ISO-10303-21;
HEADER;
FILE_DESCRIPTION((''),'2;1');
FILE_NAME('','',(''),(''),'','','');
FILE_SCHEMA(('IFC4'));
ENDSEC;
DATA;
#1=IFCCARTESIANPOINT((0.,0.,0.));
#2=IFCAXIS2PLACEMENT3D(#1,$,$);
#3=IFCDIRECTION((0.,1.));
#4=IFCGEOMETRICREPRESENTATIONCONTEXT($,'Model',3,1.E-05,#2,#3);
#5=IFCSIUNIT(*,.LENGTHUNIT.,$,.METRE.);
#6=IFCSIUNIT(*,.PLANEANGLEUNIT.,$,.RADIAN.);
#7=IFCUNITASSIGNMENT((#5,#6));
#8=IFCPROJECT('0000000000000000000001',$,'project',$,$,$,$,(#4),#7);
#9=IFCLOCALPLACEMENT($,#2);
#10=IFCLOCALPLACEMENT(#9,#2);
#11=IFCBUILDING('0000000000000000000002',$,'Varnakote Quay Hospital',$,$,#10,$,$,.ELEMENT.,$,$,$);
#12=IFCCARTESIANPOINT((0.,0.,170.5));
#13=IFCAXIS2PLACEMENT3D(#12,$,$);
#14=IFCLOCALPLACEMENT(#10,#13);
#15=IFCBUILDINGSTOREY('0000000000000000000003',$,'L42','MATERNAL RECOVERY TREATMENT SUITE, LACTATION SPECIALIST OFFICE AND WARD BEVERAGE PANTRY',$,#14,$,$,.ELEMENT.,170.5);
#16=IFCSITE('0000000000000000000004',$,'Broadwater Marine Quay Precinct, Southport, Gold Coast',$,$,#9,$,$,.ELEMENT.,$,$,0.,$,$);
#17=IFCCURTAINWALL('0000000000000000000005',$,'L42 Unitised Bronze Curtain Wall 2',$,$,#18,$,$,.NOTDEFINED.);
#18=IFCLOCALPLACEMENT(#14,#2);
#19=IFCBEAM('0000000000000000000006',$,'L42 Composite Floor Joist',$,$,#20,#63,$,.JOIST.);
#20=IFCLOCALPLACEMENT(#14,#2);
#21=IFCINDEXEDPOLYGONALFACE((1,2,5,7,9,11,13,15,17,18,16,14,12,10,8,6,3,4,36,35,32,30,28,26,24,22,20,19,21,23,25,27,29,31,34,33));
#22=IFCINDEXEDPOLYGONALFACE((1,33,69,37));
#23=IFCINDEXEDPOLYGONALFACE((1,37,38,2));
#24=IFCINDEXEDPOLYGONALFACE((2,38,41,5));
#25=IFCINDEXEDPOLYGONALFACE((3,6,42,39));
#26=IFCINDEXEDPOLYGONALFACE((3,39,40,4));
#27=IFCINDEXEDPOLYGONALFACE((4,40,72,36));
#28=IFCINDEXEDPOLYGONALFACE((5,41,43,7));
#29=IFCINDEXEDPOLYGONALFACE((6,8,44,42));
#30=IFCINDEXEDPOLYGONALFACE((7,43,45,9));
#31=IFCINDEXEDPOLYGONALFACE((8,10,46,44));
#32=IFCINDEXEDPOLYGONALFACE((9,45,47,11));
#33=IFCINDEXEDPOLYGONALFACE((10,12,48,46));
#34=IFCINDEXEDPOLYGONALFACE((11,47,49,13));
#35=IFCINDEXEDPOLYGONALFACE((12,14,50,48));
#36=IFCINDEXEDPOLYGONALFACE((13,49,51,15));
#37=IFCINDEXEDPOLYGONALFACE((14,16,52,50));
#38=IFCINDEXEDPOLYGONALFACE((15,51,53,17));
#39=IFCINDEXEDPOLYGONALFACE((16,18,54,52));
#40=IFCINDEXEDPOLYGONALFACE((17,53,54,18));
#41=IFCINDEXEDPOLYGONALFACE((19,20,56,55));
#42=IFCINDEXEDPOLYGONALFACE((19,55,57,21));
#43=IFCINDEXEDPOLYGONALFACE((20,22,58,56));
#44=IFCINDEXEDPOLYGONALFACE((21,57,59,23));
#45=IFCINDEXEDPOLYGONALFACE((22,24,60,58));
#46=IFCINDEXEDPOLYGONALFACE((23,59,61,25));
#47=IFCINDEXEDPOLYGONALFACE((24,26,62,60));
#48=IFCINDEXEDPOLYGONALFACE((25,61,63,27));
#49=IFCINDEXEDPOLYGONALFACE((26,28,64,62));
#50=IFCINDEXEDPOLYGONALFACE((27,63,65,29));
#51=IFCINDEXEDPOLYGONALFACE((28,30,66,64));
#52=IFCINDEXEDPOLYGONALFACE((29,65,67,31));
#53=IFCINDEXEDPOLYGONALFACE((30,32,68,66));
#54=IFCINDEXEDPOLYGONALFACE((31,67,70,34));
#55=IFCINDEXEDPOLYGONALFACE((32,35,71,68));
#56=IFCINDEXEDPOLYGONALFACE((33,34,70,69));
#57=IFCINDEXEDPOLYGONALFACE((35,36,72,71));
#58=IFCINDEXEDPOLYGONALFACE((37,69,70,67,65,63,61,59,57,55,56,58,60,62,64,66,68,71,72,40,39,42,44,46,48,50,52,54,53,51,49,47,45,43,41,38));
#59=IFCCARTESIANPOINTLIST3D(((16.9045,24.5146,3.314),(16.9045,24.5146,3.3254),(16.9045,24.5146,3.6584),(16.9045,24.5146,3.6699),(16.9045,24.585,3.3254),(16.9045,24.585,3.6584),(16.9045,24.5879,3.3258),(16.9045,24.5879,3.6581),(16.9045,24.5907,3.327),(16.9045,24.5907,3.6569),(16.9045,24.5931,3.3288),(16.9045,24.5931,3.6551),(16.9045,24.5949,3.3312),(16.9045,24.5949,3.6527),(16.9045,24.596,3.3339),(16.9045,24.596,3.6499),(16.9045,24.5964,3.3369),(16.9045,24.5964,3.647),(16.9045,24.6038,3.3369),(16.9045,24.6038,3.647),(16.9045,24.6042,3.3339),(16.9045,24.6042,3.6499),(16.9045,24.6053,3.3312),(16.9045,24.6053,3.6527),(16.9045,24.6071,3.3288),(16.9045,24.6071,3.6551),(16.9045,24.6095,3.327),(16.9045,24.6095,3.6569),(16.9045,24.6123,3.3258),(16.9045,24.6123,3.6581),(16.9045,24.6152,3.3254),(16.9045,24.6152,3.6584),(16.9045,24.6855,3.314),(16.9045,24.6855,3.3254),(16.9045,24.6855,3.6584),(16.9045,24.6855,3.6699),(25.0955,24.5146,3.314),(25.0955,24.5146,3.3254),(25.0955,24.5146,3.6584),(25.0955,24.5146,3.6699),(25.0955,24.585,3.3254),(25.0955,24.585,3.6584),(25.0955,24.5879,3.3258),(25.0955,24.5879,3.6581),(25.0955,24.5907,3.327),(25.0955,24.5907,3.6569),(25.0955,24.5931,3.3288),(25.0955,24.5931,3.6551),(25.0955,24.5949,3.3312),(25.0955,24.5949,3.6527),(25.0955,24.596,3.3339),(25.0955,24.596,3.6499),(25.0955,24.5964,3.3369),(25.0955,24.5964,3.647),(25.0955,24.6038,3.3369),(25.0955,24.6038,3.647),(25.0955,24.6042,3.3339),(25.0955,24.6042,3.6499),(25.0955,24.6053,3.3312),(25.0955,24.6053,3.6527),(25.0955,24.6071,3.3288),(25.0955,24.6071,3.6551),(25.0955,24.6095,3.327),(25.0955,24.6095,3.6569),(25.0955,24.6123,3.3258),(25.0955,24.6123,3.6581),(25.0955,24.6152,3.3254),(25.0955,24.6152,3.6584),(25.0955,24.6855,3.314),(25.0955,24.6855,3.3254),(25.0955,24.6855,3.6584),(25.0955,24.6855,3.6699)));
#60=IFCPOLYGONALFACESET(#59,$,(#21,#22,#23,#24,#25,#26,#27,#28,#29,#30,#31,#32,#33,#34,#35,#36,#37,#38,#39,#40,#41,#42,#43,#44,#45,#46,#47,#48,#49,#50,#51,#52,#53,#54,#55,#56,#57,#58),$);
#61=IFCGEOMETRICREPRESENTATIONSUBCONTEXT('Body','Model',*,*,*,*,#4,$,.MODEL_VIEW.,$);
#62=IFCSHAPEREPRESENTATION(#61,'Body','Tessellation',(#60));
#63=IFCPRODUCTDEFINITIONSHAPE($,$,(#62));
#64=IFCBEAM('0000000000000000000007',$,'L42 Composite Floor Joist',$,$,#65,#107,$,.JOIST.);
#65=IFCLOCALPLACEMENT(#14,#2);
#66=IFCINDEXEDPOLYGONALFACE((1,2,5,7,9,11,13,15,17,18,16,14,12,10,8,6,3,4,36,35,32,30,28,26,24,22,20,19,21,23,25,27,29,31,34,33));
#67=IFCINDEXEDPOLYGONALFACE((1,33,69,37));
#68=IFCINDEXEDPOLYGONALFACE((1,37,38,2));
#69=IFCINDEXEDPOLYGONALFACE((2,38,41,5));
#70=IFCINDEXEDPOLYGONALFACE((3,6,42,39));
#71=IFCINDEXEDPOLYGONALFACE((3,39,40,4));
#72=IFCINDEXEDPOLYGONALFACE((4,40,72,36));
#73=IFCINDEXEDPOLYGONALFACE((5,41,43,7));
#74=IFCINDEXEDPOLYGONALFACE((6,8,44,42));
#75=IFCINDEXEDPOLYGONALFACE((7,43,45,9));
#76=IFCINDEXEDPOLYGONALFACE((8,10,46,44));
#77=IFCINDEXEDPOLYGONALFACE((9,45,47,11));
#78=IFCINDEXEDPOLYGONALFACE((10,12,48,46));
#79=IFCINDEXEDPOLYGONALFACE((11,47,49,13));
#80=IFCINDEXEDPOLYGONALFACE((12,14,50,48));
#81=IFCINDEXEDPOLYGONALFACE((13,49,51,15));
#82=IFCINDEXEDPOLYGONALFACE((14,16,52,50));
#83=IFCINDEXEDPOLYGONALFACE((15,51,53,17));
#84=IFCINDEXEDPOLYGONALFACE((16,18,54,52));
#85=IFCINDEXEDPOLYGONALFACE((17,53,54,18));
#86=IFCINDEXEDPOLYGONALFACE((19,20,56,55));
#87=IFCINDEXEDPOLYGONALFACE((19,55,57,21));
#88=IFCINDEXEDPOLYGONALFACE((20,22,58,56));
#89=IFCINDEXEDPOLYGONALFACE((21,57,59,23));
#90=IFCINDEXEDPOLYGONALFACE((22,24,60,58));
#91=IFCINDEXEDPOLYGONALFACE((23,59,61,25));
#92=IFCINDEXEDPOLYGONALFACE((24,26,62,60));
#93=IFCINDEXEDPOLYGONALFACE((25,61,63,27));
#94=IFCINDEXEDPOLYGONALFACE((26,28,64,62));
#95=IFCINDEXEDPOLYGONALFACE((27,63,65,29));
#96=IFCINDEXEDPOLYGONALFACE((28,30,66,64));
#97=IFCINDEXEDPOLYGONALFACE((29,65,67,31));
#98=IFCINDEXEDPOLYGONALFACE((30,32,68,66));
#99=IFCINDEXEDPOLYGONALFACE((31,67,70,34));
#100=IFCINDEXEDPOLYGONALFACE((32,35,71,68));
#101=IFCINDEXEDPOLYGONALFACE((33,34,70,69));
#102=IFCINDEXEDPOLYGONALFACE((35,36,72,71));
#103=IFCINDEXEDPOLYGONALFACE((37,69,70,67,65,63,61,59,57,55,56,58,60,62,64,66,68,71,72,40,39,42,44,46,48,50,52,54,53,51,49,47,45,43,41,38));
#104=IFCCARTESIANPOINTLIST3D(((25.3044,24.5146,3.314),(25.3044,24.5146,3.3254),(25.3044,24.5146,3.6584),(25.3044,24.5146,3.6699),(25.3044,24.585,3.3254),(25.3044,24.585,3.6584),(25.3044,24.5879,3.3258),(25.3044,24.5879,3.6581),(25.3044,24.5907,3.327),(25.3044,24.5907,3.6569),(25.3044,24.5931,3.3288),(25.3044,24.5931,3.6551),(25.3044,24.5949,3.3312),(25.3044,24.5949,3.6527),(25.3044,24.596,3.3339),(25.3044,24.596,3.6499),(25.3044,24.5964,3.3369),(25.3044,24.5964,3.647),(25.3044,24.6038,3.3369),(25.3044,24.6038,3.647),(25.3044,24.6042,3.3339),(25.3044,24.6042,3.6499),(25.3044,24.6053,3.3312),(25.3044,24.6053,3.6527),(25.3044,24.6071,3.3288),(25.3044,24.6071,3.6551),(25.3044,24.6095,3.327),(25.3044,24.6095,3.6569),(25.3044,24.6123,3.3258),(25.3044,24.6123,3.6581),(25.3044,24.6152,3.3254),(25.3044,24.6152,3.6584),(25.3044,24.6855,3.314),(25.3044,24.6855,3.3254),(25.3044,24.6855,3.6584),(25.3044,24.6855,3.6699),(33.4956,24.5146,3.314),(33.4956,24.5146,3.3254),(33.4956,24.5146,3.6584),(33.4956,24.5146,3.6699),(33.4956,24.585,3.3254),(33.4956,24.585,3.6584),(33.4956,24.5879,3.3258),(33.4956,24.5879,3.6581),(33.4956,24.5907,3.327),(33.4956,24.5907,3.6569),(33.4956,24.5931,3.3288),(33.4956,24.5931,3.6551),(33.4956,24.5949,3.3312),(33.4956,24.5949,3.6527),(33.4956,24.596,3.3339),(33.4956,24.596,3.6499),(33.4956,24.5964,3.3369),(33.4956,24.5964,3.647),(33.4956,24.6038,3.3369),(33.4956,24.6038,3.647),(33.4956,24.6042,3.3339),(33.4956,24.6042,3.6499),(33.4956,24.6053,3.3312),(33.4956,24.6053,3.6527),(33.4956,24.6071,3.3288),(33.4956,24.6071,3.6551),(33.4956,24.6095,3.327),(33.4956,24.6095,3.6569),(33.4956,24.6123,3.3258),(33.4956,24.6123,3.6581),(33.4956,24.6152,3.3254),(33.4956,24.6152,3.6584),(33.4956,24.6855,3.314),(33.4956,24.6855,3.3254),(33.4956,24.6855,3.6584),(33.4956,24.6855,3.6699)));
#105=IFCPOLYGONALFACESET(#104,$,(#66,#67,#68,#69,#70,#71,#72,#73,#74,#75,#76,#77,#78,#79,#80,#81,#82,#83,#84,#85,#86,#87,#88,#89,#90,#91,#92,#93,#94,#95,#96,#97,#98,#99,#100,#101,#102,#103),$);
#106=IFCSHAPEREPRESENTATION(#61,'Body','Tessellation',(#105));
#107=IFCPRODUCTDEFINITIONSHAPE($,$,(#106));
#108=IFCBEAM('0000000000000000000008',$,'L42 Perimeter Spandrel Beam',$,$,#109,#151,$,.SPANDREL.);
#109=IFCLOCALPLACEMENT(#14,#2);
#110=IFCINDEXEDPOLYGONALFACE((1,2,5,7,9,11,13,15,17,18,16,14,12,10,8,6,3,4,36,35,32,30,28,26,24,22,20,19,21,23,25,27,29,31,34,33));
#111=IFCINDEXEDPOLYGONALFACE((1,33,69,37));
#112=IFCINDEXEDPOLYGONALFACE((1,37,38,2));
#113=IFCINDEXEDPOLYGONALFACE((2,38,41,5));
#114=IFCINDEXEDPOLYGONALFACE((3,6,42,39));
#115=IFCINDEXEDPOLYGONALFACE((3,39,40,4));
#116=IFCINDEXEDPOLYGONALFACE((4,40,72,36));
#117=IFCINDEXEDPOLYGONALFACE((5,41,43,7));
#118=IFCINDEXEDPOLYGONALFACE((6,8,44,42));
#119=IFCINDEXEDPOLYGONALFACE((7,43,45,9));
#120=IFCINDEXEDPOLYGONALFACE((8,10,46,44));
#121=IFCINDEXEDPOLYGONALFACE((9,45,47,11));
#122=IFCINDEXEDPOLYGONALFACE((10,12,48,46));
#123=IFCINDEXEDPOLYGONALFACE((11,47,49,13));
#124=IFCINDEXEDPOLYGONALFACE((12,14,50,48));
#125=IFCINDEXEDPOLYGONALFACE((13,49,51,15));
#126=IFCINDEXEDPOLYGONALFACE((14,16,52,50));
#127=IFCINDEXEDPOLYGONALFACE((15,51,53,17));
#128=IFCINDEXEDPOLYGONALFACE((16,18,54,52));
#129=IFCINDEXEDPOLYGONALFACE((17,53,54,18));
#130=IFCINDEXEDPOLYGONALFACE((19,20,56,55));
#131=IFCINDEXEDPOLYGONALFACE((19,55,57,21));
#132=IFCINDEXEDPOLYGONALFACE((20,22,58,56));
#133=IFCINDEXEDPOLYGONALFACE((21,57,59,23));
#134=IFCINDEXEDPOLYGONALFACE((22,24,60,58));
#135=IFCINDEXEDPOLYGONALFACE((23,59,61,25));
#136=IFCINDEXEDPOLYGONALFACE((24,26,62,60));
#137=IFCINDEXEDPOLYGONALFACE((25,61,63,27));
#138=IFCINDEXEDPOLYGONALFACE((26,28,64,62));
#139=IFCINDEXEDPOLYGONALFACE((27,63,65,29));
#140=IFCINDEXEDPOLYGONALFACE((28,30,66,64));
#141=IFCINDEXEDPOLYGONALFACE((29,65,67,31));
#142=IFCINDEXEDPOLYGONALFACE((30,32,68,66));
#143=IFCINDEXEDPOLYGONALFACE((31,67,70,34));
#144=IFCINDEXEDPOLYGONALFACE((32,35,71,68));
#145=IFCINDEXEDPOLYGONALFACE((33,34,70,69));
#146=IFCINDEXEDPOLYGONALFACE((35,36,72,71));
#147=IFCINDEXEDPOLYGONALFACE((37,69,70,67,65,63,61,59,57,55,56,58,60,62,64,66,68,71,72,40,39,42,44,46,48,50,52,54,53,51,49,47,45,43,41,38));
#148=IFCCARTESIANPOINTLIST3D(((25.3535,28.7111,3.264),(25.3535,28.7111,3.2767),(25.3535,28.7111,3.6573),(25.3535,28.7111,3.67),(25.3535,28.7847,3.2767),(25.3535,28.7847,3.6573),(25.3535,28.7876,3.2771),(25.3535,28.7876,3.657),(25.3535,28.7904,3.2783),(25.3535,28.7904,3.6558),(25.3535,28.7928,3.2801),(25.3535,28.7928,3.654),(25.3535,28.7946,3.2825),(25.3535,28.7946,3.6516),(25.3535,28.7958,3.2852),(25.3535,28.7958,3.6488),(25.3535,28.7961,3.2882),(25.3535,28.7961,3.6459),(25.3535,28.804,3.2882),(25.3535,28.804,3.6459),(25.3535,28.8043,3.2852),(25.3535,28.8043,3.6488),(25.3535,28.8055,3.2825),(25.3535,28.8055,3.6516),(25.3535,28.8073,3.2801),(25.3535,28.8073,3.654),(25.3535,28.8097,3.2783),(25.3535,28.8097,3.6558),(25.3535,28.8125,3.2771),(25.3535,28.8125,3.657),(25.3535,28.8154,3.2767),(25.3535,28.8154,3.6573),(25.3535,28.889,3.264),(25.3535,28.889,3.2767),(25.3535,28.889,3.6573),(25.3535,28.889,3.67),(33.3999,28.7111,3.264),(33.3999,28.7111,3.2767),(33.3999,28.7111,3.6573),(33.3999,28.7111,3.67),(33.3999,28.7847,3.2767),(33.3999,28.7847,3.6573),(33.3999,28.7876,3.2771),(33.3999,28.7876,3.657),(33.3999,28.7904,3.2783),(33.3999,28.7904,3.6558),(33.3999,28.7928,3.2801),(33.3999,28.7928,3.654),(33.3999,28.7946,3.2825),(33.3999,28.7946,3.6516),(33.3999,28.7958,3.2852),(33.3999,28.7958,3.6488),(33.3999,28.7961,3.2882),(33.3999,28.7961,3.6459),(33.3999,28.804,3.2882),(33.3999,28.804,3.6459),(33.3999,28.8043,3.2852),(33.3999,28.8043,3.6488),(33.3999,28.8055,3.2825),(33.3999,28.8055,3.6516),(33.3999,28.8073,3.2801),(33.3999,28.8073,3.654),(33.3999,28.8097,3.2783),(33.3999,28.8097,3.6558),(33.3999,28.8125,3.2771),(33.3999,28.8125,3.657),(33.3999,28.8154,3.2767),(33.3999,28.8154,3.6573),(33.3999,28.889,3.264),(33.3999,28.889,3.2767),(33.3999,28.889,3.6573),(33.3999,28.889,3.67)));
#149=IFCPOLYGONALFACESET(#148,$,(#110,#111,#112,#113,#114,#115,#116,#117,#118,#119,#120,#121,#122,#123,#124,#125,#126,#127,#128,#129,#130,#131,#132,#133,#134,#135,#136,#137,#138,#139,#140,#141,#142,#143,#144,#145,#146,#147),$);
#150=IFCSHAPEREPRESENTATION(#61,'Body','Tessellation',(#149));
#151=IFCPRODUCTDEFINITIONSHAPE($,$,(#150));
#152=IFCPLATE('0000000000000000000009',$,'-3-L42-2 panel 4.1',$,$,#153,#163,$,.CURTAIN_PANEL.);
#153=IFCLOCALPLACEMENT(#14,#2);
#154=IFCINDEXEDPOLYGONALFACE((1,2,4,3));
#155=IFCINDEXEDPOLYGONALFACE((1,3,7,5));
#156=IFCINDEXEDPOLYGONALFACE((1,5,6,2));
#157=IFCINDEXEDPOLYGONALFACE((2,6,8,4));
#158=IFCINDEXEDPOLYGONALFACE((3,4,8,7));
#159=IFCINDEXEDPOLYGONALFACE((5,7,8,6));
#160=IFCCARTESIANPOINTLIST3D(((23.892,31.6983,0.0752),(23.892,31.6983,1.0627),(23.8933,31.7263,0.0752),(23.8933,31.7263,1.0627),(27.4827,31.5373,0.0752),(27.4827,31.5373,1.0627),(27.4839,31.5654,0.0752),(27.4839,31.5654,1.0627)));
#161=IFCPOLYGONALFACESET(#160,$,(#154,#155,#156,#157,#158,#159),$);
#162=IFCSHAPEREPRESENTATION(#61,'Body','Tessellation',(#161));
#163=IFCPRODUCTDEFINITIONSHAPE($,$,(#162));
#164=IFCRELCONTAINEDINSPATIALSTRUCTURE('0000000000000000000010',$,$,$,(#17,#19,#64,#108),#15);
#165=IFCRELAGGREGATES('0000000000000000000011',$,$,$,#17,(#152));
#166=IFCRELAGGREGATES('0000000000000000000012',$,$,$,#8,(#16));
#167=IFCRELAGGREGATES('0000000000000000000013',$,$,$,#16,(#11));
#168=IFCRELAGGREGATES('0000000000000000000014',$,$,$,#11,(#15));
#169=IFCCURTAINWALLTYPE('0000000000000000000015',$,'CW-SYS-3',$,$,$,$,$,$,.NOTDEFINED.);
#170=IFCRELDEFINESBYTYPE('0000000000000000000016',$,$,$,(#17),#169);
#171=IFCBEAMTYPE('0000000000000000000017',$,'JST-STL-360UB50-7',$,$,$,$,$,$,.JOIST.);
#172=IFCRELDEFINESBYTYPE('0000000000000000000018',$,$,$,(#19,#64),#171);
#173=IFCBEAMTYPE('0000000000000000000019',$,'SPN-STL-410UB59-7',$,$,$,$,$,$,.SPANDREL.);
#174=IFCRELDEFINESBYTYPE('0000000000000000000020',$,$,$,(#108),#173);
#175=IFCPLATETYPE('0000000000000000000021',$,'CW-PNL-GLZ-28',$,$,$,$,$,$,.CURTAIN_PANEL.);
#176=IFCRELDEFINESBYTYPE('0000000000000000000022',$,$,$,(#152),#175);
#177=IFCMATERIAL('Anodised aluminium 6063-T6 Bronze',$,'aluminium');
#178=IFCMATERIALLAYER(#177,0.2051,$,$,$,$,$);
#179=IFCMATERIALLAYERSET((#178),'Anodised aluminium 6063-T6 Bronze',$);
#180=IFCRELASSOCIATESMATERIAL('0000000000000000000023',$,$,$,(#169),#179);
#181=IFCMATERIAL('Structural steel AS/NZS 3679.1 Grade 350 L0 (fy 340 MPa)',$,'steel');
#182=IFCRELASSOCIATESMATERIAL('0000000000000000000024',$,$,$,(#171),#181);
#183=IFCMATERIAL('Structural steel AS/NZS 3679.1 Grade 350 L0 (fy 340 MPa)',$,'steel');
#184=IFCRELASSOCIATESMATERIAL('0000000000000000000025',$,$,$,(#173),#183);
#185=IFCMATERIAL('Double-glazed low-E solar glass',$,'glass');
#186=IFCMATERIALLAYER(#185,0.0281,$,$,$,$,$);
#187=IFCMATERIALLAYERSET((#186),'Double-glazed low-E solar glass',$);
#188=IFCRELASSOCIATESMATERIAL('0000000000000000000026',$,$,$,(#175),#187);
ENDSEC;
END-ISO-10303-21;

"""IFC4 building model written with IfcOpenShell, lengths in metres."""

from ifc_helpers import new_model, si_unit, direction, frame, origin, origin_2d, place, context, subcontext, project, spatial, rectangle, i_section, extrude, material, layer, layer_set, material_profile, profile_set, type_object, element, aggregate, save


model = new_model("IFC4")

# Units and contexts
model_context = context("Model", 3, precision=1e-05, world=origin(), true_north=direction((0.0, 1.0)))
body_context = subcontext(model_context, "Body", "Model", "MODEL_VIEW")
ifc_project = project(units=[si_unit("LENGTHUNIT", "METRE"), si_unit("PLANEANGLEUNIT", "RADIAN")], contexts=[model_context])

# Site, building, storey
site_placement = place(None, origin())
site = spatial("IfcSite", under=ifc_project, at=site_placement, Name="Broadwater Marine Quay Precinct, Southport, Gold Coast", CompositionType="ELEMENT", RefElevation=0.0)
building_placement = place(site_placement, origin())
building = spatial("IfcBuilding", under=site, at=building_placement, Name="Varnakote Quay Hospital", CompositionType="ELEMENT")
storey_placement = place(building_placement, frame((0.0, 0.0, 170.5)))
storey = spatial("IfcBuildingStorey", under=building, at=storey_placement, Name="L42", Description="MATERNAL RECOVERY TREATMENT SUITE, LACTATION SPECIALIST OFFICE AND WARD BEVERAGE PANTRY", CompositionType="ELEMENT", Elevation=170.5)

# Curtain wall
ifc_material_1 = material(Name="Anodised aluminium 6063-T6 Bronze", Category="aluminium")
ifc_layer_1 = layer(ifc_material_1, 0.2051)
ifc_layer_set_1 = layer_set([ifc_layer_1], Name="Anodised aluminium 6063-T6 Bronze")
curtain_wall_type = type_object("IfcCurtainWallType", Name="CW-SYS-3", PredefinedType="NOTDEFINED", material=ifc_layer_set_1)
curtain_wall_placement = place(storey_placement, origin())
curtain_wall = element("IfcCurtainWall", 1, at=curtain_wall_placement, inside=storey, type_object=curtain_wall_type, Name="L42 Unitised Bronze Curtain Wall 2", PredefinedType="NOTDEFINED")

# Beams
ifc_material_2 = material(Name="Structural steel AS/NZS 3679.1 Grade 350 L0 (fy 340 MPa)", Category="steel")
ifc_material_profile_1 = material_profile(ifc_material_2, i_section(OverallWidth=0.1709, OverallDepth=0.356, WebThickness=0.0073, FlangeThickness=0.0115, FilletRadius=0.0115, at=origin_2d()), Name="360UB50.7")
ifc_profile_set_1 = profile_set([ifc_material_profile_1], Name="Structural steel AS/NZS 3679.1 Grade 350 L0 (fy 340 MPa)")
beam_type_1 = type_object("IfcBeamType", Name="JST-STL-360UB50-7", PredefinedType="JOIST", material=ifc_profile_set_1)
beam_1_placement = place(storey_placement, frame((16.9045, 24.6001, 3.4919), z_axis=(1.0, 0.0, 0.0), x_axis=(0.0, 1.0, 0.0)))
element("IfcBeam", 2, at=beam_1_placement, inside=storey, type_object=beam_type_1, Name="L42 Composite Floor Joist", PredefinedType="JOIST", context=body_context, shape_type="SweptSolid", body=[
    extrude(i_section(OverallWidth=0.1709, OverallDepth=0.356, WebThickness=0.0073, FlangeThickness=0.0115, FilletRadius=0.0115, at=origin_2d()), origin(), (0.0, 0.0, 1.0), 8.1909),
])
beam_2_placement = place(storey_placement, frame((25.3044, 24.6001, 3.4919), z_axis=(1.0, 0.0, 0.0), x_axis=(0.0, 1.0, 0.0)))
element("IfcBeam", 3, at=beam_2_placement, inside=storey, type_object=beam_type_1, Name="L42 Composite Floor Joist", PredefinedType="JOIST", context=body_context, shape_type="SweptSolid", body=[
    extrude(i_section(OverallWidth=0.1709, OverallDepth=0.356, WebThickness=0.0073, FlangeThickness=0.0115, FilletRadius=0.0115, at=origin_2d()), origin(), (0.0, 0.0, 1.0), 8.1912),
])
ifc_material_3 = material(Name="Structural steel AS/NZS 3679.1 Grade 350 L0 (fy 340 MPa)", Category="steel")
ifc_material_profile_2 = material_profile(ifc_material_3, i_section(OverallWidth=0.178, OverallDepth=0.406, WebThickness=0.0078, FlangeThickness=0.0127, FilletRadius=0.0115, at=origin_2d()), Name="410UB59.7")
ifc_profile_set_2 = profile_set([ifc_material_profile_2], Name="Structural steel AS/NZS 3679.1 Grade 350 L0 (fy 340 MPa)")
beam_type_2 = type_object("IfcBeamType", Name="SPN-STL-410UB59-7", PredefinedType="SPANDREL", material=ifc_profile_set_2)
beam_3_placement = place(storey_placement, frame((25.3535, 28.8, 3.467), z_axis=(1.0, 0.0, 0.0), x_axis=(0.0, 1.0, 0.0)))
element("IfcBeam", 4, at=beam_3_placement, inside=storey, type_object=beam_type_2, Name="L42 Perimeter Spandrel Beam", PredefinedType="SPANDREL", context=body_context, shape_type="SweptSolid", body=[
    extrude(i_section(OverallWidth=0.178, OverallDepth=0.406, WebThickness=0.0078, FlangeThickness=0.0127, FilletRadius=0.0115, at=origin_2d()), origin(), (0.0, 0.0, 1.0), 8.0464),
])

# Plate
ifc_material_4 = material(Name="Double-glazed low-E solar glass", Category="glass")
ifc_layer_2 = layer(ifc_material_4, 0.0281)
ifc_layer_set_2 = layer_set([ifc_layer_2], Name="Double-glazed low-E solar glass")
plate_type = type_object("IfcPlateType", Name="CW-PNL-GLZ-28", PredefinedType="CURTAIN_PANEL", material=ifc_layer_set_2)
plate_placement = place(storey_placement, frame((25.688, 31.6318, 0.0752), z_axis=(0.0, 0.0, 1.0), x_axis=(-0.998997, 0.044782, 0.0)))
plate = element("IfcPlate", 5, at=plate_placement, type_object=plate_type, Name="-3-L42-2 panel 4.1", PredefinedType="CURTAIN_PANEL", context=body_context, shape_type="SweptSolid", body=[
    extrude(rectangle(XDim=3.5942, YDim=0.0281, at=origin_2d()), origin(), (0.0, 0.0, 1.0), 0.9875),
])
aggregate(curtain_wall, [plate])

save(model, "model.ifc")
